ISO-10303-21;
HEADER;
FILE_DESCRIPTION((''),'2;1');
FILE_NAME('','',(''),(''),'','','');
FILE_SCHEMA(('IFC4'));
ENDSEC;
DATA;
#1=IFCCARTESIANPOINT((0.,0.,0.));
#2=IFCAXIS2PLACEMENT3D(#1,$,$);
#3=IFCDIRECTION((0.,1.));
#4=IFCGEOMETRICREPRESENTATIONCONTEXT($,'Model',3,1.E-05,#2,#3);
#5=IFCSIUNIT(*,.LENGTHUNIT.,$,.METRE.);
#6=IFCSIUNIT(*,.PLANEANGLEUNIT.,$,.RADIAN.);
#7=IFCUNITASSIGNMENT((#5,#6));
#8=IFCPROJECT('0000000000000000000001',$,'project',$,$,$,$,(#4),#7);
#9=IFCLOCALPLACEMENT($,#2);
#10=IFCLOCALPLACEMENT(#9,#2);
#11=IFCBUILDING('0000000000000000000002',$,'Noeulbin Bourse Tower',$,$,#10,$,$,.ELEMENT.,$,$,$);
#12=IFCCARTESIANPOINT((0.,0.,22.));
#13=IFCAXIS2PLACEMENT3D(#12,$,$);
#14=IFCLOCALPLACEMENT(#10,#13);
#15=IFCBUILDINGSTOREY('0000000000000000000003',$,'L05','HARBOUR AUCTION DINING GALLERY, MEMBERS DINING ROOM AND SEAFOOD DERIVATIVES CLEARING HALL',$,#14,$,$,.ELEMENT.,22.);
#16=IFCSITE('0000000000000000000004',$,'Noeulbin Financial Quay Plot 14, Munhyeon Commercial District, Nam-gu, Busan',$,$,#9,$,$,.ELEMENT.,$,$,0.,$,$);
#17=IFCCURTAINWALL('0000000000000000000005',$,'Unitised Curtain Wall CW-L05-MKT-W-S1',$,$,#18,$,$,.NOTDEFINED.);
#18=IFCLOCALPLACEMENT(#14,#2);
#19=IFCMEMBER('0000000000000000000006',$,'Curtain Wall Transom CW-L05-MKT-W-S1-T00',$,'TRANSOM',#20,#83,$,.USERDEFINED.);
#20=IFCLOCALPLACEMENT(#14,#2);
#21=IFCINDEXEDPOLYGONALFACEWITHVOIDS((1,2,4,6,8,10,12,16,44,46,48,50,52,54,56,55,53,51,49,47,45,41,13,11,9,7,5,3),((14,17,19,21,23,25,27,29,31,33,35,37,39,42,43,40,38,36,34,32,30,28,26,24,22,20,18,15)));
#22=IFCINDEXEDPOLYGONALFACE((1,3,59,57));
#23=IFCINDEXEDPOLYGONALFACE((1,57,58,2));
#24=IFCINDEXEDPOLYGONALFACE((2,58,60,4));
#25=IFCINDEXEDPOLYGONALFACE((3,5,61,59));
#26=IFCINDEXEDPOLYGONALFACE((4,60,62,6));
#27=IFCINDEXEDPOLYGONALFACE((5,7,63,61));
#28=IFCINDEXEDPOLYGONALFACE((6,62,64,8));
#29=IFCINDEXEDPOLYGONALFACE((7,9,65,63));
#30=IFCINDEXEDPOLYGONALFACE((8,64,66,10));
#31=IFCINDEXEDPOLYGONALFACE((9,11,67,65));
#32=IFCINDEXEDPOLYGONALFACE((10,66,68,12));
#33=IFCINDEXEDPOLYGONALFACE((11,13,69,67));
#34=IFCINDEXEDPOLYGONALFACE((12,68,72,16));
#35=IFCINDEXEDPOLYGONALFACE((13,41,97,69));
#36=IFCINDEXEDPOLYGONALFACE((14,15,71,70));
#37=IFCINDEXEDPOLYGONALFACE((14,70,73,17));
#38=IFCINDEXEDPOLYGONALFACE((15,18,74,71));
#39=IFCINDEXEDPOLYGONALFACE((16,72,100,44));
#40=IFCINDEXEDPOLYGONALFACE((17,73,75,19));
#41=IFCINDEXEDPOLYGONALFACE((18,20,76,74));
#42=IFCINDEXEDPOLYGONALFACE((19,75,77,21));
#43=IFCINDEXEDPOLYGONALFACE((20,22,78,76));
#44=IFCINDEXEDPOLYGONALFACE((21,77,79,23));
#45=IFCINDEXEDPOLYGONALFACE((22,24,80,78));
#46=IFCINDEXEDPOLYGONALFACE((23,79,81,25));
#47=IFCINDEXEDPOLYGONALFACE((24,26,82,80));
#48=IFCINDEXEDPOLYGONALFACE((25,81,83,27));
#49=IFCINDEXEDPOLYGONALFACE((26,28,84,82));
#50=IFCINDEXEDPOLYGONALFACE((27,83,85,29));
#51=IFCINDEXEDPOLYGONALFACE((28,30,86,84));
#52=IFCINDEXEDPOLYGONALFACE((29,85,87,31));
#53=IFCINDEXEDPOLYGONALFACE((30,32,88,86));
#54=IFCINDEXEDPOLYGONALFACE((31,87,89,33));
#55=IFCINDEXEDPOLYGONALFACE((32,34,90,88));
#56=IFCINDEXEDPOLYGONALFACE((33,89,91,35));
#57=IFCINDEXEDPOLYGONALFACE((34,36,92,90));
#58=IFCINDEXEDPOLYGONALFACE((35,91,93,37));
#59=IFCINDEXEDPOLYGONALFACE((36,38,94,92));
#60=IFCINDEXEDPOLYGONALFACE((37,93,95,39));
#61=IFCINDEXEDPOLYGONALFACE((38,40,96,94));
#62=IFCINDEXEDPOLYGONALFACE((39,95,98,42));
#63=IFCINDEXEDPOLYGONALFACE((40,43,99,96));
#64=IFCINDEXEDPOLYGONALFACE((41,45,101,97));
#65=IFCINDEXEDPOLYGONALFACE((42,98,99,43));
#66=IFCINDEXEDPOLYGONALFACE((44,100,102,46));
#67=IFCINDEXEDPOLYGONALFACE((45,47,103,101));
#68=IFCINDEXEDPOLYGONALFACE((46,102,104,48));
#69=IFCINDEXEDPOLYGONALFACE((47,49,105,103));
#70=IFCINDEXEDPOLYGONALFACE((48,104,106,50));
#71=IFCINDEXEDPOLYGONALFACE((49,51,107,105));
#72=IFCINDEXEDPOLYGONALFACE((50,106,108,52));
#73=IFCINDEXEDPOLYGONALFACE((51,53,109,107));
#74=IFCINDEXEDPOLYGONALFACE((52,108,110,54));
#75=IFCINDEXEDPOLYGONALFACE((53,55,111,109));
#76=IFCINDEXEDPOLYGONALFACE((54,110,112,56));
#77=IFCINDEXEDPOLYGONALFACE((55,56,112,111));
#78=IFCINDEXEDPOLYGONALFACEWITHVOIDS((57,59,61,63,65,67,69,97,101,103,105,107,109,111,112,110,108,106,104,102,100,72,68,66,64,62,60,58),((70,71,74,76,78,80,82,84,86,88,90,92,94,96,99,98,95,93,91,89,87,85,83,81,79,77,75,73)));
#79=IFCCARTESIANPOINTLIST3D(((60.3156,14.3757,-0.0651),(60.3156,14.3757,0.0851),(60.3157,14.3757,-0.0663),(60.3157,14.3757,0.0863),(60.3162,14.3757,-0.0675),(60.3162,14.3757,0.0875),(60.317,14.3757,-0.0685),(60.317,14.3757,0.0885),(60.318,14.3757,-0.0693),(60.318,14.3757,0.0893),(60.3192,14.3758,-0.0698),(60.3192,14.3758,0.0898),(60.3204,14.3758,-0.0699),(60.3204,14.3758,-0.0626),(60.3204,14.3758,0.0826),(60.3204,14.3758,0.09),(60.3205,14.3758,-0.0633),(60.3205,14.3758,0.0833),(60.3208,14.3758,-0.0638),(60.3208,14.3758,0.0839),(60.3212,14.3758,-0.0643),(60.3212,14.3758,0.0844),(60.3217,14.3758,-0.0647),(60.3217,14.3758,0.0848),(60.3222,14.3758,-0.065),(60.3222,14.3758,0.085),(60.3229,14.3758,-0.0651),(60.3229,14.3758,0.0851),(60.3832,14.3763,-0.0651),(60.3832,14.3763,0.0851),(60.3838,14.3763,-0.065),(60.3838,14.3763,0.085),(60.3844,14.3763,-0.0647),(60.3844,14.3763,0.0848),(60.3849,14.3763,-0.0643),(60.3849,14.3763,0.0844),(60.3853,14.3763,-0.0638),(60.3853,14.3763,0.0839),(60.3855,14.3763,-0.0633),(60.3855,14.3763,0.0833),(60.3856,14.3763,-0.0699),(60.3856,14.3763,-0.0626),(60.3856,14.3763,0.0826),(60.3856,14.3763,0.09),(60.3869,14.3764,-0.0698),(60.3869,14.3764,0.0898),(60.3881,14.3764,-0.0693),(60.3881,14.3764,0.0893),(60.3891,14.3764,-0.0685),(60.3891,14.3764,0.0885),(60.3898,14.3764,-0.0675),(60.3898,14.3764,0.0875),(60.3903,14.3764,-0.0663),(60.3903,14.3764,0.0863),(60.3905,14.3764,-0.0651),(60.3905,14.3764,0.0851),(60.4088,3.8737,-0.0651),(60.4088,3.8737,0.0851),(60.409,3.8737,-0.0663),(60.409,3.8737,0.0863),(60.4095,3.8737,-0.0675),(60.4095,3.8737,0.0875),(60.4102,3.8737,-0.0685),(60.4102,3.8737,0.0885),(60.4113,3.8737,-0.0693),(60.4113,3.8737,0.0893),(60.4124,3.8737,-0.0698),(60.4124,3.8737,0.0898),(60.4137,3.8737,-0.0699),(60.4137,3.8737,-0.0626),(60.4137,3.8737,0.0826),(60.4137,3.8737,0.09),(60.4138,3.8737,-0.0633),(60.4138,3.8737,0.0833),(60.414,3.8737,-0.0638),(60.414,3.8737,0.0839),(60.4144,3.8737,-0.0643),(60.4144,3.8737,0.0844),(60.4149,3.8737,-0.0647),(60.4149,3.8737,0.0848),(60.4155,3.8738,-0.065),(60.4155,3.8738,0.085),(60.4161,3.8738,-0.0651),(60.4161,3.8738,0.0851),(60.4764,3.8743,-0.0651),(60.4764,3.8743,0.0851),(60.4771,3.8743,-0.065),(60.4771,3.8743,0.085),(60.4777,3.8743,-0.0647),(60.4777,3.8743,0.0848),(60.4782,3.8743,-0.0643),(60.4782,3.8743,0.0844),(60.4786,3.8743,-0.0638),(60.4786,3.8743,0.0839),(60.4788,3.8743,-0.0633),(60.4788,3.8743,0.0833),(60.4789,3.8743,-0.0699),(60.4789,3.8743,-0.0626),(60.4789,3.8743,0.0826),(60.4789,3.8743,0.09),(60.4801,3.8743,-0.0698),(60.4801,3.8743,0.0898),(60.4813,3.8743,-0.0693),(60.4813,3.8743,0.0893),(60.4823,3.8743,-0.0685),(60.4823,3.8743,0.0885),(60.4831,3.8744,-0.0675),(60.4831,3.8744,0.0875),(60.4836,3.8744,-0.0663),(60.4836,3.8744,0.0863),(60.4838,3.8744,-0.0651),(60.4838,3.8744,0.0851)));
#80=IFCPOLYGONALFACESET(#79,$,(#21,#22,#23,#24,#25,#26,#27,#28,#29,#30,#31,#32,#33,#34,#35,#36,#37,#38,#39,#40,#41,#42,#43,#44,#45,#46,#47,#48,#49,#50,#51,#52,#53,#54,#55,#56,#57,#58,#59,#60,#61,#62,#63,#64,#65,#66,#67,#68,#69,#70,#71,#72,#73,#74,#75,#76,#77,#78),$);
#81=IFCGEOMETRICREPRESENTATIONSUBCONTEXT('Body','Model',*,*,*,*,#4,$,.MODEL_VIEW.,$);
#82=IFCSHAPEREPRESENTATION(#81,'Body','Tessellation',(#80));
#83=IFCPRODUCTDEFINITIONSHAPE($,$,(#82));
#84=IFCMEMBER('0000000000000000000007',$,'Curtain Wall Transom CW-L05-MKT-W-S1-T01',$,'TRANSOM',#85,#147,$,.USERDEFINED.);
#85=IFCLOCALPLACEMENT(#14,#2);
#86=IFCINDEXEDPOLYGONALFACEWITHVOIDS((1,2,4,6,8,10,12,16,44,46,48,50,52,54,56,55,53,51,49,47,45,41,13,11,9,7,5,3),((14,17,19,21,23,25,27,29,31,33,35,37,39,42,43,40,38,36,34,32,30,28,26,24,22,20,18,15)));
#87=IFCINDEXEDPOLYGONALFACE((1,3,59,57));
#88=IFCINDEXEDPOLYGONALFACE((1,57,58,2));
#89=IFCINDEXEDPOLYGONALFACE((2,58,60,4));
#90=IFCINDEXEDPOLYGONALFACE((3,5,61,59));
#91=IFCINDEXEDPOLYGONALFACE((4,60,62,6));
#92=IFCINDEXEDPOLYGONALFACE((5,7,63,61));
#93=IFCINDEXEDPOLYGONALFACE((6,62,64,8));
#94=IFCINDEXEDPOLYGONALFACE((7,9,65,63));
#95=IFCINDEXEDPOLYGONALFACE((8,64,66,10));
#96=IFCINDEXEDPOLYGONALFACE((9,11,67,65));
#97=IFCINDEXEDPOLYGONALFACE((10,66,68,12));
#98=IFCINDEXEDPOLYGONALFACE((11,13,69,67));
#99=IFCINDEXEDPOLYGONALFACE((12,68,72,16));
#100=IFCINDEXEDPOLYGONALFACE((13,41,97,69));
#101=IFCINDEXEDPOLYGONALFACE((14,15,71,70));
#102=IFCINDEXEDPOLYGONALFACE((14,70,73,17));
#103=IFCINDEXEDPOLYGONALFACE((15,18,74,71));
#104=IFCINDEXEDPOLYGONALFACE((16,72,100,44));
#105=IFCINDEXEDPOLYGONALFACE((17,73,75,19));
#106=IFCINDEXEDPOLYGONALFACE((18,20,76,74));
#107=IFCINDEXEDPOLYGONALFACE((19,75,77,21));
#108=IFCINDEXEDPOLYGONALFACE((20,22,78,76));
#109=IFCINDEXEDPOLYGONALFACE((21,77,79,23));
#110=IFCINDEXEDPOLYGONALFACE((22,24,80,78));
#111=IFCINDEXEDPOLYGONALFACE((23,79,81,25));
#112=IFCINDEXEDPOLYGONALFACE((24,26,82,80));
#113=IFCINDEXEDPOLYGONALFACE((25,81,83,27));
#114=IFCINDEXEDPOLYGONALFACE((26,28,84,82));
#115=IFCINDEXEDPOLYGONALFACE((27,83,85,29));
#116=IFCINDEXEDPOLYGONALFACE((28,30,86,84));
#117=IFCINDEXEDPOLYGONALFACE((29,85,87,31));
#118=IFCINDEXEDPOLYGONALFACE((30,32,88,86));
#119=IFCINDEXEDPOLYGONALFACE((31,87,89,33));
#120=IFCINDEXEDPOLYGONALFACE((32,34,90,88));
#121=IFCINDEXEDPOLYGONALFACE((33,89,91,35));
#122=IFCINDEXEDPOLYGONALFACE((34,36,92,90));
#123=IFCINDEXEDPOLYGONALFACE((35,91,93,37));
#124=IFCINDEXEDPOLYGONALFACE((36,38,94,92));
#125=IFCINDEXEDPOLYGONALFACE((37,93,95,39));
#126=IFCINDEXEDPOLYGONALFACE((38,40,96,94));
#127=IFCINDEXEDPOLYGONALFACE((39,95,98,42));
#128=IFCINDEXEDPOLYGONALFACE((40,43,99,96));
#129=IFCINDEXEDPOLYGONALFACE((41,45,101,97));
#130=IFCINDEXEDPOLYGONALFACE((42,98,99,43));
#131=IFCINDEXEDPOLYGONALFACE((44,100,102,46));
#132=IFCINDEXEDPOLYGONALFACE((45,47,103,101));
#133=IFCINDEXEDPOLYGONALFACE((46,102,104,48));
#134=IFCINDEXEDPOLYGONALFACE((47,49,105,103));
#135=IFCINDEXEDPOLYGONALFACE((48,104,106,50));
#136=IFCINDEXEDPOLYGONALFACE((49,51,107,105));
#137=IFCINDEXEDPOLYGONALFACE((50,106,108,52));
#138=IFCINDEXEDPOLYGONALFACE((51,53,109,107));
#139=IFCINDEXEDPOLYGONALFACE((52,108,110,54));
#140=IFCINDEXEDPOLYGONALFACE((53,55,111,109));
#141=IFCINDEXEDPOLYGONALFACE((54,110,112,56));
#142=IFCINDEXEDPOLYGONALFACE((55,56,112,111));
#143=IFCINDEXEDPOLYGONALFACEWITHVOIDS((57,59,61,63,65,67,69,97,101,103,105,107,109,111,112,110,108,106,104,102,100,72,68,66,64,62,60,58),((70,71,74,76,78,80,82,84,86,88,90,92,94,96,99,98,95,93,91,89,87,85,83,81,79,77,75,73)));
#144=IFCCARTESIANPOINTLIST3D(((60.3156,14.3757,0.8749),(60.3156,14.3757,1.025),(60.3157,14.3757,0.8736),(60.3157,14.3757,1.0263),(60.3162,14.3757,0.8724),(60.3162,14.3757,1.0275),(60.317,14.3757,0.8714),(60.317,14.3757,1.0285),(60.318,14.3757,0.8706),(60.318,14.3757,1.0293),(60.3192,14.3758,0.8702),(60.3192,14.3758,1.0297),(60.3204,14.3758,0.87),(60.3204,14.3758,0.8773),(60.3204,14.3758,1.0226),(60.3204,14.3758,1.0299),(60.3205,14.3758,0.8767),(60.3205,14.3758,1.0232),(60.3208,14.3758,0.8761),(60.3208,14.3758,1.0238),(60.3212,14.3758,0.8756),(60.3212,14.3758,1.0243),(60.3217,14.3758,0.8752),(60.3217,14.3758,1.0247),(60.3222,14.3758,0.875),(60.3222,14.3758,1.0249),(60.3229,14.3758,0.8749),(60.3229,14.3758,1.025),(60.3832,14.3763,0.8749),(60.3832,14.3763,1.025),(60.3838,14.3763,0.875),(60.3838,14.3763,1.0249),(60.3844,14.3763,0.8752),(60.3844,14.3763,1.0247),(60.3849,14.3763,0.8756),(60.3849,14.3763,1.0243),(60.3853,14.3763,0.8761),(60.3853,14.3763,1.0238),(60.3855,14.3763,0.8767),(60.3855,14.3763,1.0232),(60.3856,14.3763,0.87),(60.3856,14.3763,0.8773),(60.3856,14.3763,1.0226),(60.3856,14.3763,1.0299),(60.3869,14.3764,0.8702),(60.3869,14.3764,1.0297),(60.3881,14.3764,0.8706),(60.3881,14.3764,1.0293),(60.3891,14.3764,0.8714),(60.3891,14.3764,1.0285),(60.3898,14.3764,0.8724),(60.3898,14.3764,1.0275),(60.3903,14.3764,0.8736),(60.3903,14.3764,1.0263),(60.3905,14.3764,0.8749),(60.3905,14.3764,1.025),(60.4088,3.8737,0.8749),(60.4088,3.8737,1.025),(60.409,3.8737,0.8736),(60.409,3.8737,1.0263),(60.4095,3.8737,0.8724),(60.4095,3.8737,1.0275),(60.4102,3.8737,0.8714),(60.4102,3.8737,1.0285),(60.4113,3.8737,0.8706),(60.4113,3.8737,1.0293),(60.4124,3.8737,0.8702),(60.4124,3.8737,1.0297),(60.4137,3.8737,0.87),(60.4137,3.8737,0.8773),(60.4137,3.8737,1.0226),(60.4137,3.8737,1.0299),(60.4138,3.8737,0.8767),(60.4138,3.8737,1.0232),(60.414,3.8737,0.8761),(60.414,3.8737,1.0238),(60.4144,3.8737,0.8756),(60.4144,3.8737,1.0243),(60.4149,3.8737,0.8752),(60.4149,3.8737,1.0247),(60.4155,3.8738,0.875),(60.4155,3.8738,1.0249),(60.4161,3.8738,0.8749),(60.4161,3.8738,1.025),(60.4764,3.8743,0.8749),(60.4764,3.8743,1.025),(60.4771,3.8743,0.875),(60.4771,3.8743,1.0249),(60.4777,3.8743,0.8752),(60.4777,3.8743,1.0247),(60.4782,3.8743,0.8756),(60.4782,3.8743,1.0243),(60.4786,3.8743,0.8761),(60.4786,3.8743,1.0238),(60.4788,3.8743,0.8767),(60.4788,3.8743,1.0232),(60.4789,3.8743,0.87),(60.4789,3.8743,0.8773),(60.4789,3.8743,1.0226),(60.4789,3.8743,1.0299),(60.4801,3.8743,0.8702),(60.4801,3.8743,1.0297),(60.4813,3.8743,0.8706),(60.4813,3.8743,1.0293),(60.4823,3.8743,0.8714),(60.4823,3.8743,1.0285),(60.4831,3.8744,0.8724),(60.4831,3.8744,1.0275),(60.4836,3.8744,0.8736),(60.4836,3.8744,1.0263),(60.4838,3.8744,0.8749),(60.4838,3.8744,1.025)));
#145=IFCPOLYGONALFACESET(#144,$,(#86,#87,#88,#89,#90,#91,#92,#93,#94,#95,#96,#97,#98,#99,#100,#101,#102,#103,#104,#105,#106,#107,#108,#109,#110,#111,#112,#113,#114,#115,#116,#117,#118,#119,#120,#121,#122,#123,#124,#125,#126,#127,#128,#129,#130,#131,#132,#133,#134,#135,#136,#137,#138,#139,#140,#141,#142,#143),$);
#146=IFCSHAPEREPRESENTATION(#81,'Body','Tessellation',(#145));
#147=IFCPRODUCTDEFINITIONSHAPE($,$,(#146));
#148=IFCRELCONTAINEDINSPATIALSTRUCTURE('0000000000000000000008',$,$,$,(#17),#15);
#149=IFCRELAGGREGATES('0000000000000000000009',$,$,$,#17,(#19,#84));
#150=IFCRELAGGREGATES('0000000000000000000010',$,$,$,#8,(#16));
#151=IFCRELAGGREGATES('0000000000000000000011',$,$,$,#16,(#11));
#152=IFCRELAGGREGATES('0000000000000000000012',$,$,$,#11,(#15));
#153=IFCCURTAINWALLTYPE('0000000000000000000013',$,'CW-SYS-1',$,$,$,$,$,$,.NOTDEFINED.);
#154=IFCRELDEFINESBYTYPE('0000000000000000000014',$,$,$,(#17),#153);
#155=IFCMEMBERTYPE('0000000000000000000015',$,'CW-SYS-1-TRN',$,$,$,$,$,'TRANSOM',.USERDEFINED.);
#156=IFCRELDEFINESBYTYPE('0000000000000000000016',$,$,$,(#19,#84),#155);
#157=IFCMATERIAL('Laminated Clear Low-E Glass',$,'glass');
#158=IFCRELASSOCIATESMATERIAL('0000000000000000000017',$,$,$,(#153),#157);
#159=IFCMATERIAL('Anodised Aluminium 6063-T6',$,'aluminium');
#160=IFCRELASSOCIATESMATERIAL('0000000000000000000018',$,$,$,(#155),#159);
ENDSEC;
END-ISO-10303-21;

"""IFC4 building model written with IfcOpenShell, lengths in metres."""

from ifc_helpers import new_model, si_unit, direction, frame, origin, origin_2d, place, context, subcontext, project, spatial, hollow_rectangle, extrude, material, material_profile, profile_set, type_object, element, aggregate, save


model = new_model("IFC4")

# Units and contexts
model_context = context("Model", 3, precision=1e-05, world=origin(), true_north=direction((0.0, 1.0)))
body_context = subcontext(model_context, "Body", "Model", "MODEL_VIEW")
ifc_project = project(units=[si_unit("LENGTHUNIT", "METRE"), si_unit("PLANEANGLEUNIT", "RADIAN")], contexts=[model_context])

# Site, building, storey
site_placement = place(None, origin())
site = spatial("IfcSite", under=ifc_project, at=site_placement, Name="Noeulbin Financial Quay Plot 14, Munhyeon Commercial District, Nam-gu, Busan", CompositionType="ELEMENT", RefElevation=0.0)
building_placement = place(site_placement, origin())
building = spatial("IfcBuilding", under=site, at=building_placement, Name="Noeulbin Bourse Tower", CompositionType="ELEMENT")
storey_placement = place(building_placement, frame((0.0, 0.0, 22.0)))
storey = spatial("IfcBuildingStorey", under=building, at=storey_placement, Name="L05", Description="HARBOUR AUCTION DINING GALLERY, MEMBERS DINING ROOM AND SEAFOOD DERIVATIVES CLEARING HALL", CompositionType="ELEMENT", Elevation=22.0)

# Curtain wall
ifc_material_1 = material(Name="Laminated Clear Low-E Glass", Category="glass")
curtain_wall_type = type_object("IfcCurtainWallType", Name="CW-SYS-1", PredefinedType="NOTDEFINED", material=ifc_material_1)
curtain_wall_1_placement = place(storey_placement, origin())
curtain_wall_1 = element("IfcCurtainWall", 1, at=curtain_wall_1_placement, inside=storey, type_object=curtain_wall_type, Name="Unitised Curtain Wall CW-L05-MKT-W-S1", PredefinedType="NOTDEFINED")
ifc_material_2 = material(Name="Anodised Aluminium 6063-T6", Category="aluminium")

# Members
ifc_material_profile_1 = material_profile(ifc_material_2, hollow_rectangle(XDim=0.075, YDim=0.1599, WallThickness=0.0049, InnerFilletRadius=0.0024, OuterFilletRadius=0.0049, at=origin_2d()), Name="ALU-TRAN-75x160x5", Category="LoadBearing")
ifc_profile_set_1 = profile_set([ifc_material_profile_1], Name="Anodised Aluminium 6063-T6")
member_type_1 = type_object("IfcMemberType", Name="CW-SYS-1-TRN", ElementType="TRANSOM", PredefinedType="USERDEFINED", material=ifc_profile_set_1)
member_1_placement = place(storey_placement, frame((60.4463, 3.874, 0.01), z_axis=(-0.00888, 0.999961, 0.0), x_axis=(-0.999961, -0.00888, 0.0)))
member_1 = element("IfcMember", 2, at=member_1_placement, type_object=member_type_1, Name="Curtain Wall Transom CW-L05-MKT-W-S1-T00", ObjectType="TRANSOM", PredefinedType="USERDEFINED", context=body_context, shape_type="SweptSolid", body=[
    extrude(hollow_rectangle(XDim=0.075, YDim=0.1599, WallThickness=0.0049, InnerFilletRadius=0.0024, OuterFilletRadius=0.0049, at=origin_2d()), origin(), (0.0, 0.0, 1.0), 10.5024),
])
member_2_placement = place(storey_placement, frame((60.4463, 3.874, 0.95), z_axis=(-0.00888, 0.999961, 0.0), x_axis=(-0.999961, -0.00888, 0.0)))
member_2 = element("IfcMember", 3, at=member_2_placement, type_object=member_type_1, Name="Curtain Wall Transom CW-L05-MKT-W-S1-T01", ObjectType="TRANSOM", PredefinedType="USERDEFINED", context=body_context, shape_type="SweptSolid", body=[
    extrude(hollow_rectangle(XDim=0.075, YDim=0.1599, WallThickness=0.0049, InnerFilletRadius=0.0024, OuterFilletRadius=0.0049, at=origin_2d()), origin(), (0.0, 0.0, 1.0), 10.5024),
])

aggregate(curtain_wall_1, [member_1, member_2])

save(model, "model.ifc")
